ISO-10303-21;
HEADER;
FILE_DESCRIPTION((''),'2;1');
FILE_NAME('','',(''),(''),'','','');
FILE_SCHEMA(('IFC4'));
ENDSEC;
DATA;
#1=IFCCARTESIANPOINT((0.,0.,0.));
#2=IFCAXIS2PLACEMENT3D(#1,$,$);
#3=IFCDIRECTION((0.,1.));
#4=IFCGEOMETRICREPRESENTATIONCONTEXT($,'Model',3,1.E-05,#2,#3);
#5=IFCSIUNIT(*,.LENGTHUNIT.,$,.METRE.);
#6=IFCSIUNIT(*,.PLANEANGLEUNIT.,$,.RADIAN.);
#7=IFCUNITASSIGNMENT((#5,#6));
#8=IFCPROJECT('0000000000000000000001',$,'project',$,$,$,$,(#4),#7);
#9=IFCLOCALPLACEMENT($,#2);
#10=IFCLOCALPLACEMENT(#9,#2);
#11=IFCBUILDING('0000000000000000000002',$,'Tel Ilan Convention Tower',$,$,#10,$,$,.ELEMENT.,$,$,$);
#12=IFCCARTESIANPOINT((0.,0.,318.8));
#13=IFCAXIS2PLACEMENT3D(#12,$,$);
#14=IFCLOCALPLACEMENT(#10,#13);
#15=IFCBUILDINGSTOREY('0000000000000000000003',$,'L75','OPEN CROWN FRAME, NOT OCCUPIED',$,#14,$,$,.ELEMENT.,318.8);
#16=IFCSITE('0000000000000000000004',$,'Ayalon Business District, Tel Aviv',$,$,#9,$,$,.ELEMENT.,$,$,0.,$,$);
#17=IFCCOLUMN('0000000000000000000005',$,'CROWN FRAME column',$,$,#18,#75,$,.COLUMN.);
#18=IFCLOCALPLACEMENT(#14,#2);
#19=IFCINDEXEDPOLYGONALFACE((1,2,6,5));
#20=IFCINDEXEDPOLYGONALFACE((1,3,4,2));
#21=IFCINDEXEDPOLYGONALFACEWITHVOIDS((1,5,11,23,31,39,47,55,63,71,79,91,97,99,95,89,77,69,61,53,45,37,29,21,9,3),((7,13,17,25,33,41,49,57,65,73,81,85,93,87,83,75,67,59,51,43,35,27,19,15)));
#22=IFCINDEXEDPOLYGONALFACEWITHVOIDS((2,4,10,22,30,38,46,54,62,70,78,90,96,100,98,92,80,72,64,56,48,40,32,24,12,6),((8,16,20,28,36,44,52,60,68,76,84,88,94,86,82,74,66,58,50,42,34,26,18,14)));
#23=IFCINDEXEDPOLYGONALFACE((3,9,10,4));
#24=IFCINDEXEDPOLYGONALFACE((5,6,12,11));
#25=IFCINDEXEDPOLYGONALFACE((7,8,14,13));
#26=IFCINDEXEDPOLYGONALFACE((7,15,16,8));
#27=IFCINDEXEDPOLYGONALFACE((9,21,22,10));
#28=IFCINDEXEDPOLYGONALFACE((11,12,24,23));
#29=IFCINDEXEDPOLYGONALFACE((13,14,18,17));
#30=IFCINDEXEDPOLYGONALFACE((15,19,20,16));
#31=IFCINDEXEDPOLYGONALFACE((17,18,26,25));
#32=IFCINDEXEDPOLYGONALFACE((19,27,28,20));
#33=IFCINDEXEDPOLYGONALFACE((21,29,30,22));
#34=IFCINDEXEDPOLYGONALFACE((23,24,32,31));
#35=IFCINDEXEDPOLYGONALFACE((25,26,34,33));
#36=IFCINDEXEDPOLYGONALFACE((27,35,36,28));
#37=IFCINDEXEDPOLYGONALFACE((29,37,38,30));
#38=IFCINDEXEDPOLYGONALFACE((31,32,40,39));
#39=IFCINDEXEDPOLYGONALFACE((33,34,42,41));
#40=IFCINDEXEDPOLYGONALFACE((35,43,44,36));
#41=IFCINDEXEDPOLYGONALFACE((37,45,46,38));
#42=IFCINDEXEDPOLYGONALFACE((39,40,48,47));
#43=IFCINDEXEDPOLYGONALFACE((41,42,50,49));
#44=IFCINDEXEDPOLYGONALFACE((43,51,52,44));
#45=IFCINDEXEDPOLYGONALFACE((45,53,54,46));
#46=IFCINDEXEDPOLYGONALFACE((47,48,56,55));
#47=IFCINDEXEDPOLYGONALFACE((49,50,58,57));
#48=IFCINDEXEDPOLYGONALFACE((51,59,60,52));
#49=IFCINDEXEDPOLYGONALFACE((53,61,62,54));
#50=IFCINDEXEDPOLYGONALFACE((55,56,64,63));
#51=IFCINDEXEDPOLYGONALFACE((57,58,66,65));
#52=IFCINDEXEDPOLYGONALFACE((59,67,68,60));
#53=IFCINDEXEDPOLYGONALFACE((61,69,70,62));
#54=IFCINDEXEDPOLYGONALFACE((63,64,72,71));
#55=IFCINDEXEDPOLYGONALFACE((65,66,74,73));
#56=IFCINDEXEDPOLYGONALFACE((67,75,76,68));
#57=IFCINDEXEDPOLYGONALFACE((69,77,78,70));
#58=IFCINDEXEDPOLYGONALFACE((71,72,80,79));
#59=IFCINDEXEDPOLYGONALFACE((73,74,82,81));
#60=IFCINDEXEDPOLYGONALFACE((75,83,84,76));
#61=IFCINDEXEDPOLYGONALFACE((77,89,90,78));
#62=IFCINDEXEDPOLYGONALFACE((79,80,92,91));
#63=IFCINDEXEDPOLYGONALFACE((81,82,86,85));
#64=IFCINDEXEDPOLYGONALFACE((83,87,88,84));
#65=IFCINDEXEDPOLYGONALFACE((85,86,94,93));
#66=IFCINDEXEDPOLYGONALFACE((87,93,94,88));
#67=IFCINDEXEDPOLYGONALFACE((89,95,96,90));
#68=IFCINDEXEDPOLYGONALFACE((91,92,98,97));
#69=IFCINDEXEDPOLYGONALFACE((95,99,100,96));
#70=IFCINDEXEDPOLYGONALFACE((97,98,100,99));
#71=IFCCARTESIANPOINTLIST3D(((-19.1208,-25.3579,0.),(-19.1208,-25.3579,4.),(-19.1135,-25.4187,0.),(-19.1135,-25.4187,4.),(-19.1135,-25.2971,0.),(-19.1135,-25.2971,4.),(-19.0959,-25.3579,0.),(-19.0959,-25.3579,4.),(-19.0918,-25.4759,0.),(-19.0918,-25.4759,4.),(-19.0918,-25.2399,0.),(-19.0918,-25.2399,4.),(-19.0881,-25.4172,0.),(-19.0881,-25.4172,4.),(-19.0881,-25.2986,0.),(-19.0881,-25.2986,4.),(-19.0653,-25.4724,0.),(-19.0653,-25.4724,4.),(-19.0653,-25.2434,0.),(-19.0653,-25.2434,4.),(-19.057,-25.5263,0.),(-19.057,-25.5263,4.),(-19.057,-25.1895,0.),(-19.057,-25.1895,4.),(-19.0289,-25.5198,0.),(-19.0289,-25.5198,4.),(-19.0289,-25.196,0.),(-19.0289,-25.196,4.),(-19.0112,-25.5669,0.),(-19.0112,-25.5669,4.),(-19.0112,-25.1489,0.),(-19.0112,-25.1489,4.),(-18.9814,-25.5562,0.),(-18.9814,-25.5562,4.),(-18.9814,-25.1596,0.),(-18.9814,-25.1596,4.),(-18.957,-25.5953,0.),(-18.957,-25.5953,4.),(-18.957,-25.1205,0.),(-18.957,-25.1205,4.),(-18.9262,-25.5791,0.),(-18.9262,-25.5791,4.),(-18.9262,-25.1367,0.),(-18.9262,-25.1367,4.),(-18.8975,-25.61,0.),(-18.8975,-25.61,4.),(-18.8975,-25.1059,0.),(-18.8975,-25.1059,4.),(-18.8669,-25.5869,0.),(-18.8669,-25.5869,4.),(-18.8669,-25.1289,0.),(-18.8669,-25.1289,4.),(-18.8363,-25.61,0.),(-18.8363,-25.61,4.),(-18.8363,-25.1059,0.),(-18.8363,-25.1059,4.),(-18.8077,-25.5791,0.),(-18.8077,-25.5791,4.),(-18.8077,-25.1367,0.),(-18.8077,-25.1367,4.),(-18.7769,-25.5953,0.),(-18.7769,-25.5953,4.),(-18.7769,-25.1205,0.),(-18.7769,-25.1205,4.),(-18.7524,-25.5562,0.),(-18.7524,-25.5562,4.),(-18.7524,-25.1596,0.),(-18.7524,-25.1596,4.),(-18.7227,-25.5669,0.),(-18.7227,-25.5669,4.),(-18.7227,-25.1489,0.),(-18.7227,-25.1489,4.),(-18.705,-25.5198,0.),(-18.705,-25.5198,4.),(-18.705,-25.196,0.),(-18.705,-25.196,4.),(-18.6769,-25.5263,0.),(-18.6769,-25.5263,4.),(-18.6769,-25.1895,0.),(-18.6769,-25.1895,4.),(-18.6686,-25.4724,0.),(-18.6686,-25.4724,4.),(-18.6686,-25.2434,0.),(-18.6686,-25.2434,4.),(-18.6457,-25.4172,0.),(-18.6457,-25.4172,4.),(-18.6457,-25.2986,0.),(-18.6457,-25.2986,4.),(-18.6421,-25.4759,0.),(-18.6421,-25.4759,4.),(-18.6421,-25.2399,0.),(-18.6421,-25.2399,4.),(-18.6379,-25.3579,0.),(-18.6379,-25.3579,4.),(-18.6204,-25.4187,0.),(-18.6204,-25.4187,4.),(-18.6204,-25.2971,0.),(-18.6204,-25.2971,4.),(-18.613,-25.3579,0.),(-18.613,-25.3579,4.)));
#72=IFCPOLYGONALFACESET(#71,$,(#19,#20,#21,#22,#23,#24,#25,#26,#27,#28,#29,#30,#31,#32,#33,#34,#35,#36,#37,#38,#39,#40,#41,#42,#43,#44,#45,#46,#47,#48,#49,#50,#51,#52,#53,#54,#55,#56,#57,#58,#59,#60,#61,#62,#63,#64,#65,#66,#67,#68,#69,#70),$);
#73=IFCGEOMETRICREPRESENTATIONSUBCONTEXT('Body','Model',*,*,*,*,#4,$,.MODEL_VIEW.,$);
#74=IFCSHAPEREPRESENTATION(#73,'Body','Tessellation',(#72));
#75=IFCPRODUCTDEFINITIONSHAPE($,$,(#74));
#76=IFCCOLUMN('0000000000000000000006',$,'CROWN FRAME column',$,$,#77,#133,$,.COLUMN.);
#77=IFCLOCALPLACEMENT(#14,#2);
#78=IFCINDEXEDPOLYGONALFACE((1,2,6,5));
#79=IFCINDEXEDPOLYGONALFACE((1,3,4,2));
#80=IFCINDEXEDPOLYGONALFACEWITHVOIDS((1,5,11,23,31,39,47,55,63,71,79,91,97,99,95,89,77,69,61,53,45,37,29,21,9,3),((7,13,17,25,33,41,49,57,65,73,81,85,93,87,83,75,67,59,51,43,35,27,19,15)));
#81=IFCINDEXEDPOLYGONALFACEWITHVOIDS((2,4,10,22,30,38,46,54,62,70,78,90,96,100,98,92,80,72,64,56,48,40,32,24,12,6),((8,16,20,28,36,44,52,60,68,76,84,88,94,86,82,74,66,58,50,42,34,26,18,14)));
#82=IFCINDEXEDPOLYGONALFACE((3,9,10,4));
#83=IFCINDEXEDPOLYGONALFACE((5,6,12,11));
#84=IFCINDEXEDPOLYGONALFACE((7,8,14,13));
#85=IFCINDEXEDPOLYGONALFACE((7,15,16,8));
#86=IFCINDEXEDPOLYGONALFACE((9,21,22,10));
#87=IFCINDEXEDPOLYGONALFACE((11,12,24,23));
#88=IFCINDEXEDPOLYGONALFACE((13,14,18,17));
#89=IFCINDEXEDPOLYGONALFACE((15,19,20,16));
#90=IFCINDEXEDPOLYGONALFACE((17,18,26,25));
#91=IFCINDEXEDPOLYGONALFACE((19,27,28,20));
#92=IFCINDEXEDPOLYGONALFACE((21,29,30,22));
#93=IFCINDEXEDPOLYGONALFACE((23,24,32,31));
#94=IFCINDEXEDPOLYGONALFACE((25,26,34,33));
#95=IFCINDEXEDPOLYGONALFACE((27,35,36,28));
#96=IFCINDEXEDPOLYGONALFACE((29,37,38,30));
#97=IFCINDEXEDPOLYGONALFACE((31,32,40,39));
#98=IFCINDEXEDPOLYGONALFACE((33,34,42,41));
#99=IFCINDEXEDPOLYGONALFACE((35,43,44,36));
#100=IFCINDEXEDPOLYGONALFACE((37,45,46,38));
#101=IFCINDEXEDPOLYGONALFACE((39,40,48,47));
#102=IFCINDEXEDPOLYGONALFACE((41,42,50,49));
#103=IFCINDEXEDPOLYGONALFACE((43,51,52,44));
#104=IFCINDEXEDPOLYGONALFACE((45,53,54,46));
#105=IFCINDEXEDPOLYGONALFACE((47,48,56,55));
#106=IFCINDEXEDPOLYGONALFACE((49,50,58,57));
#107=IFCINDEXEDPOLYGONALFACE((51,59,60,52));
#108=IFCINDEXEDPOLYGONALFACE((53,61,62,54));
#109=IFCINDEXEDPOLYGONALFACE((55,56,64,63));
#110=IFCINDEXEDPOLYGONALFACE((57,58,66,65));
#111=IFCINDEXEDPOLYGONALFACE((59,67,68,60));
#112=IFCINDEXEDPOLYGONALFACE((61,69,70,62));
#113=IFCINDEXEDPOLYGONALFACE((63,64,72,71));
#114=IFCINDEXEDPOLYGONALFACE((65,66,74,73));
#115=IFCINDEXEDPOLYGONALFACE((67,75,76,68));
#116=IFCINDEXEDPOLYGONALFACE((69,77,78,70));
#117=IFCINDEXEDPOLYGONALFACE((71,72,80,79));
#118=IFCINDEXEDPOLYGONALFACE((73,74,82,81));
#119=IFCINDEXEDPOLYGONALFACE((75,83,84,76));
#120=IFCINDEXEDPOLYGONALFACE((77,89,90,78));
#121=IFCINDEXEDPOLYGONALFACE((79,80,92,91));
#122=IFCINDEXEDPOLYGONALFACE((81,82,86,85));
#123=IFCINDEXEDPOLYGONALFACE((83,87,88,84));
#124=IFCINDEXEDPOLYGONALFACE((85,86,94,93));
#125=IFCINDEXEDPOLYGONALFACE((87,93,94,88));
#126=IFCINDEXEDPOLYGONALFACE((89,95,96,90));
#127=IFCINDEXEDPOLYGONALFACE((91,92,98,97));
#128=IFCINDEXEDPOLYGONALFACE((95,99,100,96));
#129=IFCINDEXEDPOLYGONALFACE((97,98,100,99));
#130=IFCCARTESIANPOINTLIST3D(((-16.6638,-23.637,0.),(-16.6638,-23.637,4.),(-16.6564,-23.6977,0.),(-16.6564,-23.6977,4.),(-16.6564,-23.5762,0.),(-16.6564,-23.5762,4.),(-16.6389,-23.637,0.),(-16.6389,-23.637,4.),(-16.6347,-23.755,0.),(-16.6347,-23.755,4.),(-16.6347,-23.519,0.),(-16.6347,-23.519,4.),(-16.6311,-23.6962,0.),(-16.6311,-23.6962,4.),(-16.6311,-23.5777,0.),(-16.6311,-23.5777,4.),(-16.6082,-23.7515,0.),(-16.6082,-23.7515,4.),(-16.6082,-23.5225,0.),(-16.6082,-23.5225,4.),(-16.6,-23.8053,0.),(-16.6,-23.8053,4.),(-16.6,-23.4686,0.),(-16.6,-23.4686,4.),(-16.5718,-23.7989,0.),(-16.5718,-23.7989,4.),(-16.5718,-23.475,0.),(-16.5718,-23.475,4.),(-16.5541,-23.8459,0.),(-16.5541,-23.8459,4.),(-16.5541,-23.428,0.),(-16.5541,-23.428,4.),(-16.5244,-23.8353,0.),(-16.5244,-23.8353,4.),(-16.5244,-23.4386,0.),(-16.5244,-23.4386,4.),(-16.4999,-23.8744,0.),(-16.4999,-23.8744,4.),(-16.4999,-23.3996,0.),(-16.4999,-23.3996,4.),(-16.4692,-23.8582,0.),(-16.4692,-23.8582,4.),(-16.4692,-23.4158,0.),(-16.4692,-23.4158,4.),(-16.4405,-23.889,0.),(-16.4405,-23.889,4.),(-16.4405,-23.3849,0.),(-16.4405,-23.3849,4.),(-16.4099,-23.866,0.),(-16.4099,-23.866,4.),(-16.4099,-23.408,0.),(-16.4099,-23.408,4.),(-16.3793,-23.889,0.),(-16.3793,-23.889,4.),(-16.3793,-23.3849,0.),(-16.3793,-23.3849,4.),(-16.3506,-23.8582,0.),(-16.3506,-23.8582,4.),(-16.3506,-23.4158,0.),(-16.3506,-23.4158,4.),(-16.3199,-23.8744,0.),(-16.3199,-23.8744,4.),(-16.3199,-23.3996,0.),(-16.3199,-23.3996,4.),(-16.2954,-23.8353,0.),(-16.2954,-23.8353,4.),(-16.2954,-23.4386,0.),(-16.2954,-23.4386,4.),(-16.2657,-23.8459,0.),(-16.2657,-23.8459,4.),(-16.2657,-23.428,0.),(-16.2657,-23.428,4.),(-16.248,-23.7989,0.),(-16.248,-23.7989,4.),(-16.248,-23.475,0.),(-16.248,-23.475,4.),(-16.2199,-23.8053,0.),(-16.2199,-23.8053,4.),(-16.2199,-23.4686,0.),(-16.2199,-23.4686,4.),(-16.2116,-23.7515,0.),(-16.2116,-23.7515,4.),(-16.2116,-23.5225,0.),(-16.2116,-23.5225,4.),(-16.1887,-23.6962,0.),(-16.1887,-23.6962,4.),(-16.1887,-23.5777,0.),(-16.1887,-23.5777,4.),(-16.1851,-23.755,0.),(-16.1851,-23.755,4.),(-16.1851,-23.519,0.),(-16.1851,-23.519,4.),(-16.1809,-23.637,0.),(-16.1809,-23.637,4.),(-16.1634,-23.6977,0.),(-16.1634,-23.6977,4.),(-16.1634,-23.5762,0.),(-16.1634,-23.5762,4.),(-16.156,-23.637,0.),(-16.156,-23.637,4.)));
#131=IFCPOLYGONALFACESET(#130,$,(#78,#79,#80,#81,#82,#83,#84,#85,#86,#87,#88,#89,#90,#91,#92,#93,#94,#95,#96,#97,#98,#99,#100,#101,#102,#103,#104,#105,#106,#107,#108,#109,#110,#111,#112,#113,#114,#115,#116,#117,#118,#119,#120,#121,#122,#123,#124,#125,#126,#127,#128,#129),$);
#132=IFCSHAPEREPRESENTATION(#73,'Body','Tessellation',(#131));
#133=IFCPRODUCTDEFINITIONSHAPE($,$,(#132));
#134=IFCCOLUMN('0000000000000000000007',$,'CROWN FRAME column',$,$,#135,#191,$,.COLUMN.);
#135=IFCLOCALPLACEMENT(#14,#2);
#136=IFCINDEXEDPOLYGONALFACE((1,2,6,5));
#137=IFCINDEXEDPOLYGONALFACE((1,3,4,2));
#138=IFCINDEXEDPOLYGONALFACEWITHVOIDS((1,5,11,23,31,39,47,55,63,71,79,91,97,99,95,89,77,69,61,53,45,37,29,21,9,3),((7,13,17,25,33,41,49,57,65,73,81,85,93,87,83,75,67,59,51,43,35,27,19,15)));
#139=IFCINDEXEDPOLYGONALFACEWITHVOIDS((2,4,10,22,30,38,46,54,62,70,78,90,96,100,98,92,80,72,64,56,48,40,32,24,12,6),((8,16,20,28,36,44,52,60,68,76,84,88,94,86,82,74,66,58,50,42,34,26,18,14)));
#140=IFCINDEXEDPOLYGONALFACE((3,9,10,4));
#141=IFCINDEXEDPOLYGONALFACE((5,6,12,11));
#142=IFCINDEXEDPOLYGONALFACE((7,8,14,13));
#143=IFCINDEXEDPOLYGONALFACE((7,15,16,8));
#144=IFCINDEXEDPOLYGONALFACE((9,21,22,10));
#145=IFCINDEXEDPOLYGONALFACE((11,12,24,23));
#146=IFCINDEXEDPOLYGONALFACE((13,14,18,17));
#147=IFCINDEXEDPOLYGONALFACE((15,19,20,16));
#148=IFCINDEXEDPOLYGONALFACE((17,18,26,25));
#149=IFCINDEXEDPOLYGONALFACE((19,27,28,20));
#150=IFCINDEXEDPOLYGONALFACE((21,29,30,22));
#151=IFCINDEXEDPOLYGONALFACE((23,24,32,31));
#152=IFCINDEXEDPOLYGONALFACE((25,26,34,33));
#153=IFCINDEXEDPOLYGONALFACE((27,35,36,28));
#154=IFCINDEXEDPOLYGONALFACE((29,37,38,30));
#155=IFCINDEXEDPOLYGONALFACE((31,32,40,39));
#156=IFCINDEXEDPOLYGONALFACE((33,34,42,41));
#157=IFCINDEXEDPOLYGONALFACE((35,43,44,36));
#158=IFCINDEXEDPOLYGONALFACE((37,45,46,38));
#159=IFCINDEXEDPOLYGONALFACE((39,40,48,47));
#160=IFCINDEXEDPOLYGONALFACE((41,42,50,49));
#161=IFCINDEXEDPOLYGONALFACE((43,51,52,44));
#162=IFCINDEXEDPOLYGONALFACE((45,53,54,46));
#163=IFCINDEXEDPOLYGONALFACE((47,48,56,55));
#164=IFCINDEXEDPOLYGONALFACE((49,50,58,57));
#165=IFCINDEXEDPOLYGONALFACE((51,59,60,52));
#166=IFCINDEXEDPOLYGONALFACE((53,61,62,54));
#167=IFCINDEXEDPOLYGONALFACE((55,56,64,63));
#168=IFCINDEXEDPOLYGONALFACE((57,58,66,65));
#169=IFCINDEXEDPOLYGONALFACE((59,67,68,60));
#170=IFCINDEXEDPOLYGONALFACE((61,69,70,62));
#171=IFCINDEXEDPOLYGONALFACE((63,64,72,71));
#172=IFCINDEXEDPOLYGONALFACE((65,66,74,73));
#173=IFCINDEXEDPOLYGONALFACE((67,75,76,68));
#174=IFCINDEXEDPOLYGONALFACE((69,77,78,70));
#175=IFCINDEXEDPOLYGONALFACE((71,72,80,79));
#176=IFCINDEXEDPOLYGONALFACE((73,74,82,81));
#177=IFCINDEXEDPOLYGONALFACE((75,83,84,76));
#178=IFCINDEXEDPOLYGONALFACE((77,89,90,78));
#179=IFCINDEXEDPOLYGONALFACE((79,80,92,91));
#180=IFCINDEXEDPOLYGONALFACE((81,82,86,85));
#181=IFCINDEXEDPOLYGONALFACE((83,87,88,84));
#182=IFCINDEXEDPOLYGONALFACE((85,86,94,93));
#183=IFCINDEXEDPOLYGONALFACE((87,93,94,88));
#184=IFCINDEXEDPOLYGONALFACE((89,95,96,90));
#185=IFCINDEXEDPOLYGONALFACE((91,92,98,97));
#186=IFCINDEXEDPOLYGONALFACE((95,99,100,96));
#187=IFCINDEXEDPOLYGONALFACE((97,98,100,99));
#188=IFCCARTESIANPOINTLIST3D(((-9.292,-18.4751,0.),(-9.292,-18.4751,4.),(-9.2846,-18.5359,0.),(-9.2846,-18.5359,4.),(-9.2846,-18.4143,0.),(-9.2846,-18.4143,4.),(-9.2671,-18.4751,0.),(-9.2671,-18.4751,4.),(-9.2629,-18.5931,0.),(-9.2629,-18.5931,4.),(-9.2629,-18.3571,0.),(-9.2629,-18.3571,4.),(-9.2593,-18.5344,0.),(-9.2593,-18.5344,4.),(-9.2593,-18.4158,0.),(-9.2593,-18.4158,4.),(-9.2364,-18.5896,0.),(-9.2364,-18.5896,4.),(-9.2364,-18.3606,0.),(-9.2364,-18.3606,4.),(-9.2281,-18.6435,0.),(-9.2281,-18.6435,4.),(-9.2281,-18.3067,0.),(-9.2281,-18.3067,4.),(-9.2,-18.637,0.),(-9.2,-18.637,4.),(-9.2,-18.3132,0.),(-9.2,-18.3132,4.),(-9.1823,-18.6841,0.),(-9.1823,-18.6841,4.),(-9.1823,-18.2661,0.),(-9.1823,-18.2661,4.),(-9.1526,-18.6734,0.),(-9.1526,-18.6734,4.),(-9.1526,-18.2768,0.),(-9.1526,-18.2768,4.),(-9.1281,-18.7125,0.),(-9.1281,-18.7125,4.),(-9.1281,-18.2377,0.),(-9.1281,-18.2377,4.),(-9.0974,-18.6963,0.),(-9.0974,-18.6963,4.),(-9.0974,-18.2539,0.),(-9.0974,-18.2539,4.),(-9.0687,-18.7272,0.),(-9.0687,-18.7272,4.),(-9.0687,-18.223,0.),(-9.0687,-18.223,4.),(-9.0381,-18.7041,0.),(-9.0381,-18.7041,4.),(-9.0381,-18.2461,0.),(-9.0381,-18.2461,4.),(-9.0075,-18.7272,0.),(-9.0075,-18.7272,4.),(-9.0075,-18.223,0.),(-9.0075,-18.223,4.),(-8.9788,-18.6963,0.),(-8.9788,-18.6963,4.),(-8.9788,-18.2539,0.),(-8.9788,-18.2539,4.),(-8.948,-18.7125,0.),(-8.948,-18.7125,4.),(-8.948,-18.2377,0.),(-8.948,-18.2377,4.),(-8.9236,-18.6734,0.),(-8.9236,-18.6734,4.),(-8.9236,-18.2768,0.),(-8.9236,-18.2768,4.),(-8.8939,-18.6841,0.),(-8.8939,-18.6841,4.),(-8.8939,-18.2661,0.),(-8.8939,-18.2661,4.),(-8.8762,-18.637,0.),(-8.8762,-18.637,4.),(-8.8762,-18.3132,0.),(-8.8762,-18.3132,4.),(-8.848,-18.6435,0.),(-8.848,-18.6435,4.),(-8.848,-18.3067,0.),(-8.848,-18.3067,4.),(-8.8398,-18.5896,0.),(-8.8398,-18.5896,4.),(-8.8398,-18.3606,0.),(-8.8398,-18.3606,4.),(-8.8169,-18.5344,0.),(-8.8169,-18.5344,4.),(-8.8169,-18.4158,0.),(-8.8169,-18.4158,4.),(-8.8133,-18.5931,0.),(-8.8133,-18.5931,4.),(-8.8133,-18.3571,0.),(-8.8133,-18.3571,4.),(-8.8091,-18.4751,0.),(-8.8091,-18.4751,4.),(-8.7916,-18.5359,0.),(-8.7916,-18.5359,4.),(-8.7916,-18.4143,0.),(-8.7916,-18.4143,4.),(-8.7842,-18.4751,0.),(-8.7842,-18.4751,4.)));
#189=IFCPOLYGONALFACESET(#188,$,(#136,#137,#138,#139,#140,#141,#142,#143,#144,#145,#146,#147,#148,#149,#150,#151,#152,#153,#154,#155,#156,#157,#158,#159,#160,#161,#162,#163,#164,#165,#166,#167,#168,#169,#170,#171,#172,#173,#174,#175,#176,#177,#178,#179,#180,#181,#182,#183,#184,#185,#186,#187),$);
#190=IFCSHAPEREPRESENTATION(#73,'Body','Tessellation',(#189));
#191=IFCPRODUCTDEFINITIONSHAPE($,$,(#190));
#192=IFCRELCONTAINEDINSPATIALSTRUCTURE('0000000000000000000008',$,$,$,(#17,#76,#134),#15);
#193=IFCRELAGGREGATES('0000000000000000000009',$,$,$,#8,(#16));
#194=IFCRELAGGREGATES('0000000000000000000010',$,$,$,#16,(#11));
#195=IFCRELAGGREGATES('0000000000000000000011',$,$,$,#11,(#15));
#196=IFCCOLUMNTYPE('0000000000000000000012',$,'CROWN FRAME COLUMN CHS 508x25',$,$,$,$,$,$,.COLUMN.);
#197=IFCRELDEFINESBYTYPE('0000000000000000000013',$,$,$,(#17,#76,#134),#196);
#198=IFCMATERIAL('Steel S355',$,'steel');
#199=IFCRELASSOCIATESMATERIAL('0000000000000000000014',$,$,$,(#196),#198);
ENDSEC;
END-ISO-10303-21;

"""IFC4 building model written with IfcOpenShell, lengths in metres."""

from ifc_helpers import new_model, si_unit, direction, frame, origin, origin_2d, place, context, subcontext, project, spatial, hollow_circle, extrude, material, material_profile, profile_set, type_object, element, save


model = new_model("IFC4")

# Units and contexts
model_context = context("Model", 3, precision=1e-05, world=origin(), true_north=direction((0.0, 1.0)))
body_context = subcontext(model_context, "Body", "Model", "MODEL_VIEW")
ifc_project = project(units=[si_unit("LENGTHUNIT", "METRE"), si_unit("PLANEANGLEUNIT", "RADIAN")], contexts=[model_context])

# Site, building, storey
site_placement = place(None, origin())
site = spatial("IfcSite", under=ifc_project, at=site_placement, Name="Ayalon Business District, Tel Aviv", CompositionType="ELEMENT", RefElevation=0.0)
building_placement = place(site_placement, origin())
building = spatial("IfcBuilding", under=site, at=building_placement, Name="Tel Ilan Convention Tower", CompositionType="ELEMENT")
storey_placement = place(building_placement, frame((0.0, 0.0, 318.8)))
storey = spatial("IfcBuildingStorey", under=building, at=storey_placement, Name="L75", Description="OPEN CROWN FRAME, NOT OCCUPIED", CompositionType="ELEMENT", Elevation=318.8)

# Columns
ifc_material_1 = material(Name="Steel S355", Category="steel")
ifc_material_profile_1 = material_profile(ifc_material_1, hollow_circle(Radius=0.2539, WallThickness=0.0249, at=origin_2d()), Name="CHS 508x25")
ifc_profile_set_1 = profile_set([ifc_material_profile_1], Name="Steel S355")
column_type = type_object("IfcColumnType", Name="CROWN FRAME COLUMN CHS 508x25", PredefinedType="COLUMN", material=ifc_profile_set_1)
for number, where, z_axis, x_axis, name in (
    (1, (-18.8669, -25.3579, 0.0), (0.0, 0.0, 1.0), (1.0, 0.0, 0.0), "CROWN FRAME column"),
    (2, (-16.4099, -23.637, 0.0), (0.0, 0.0, 1.0), (1.0, 0.0, 0.0), "CROWN FRAME column"),
    (3, (-9.0381, -18.4751, 0.0), (0.0, 0.0, 1.0), (1.0, 0.0, 0.0), "CROWN FRAME column"),
):
    element("IfcColumn", number, at=place(storey_placement, frame(where, z_axis=z_axis, x_axis=x_axis)), inside=storey, type_object=column_type, Name=name, PredefinedType="COLUMN", context=body_context, shape_type="SweptSolid", body=[
        extrude(hollow_circle(Radius=0.2539, WallThickness=0.0249, at=origin_2d()), origin(), (0.0, 0.0, 1.0), 4.0),
    ])

save(model, "model.ifc")
